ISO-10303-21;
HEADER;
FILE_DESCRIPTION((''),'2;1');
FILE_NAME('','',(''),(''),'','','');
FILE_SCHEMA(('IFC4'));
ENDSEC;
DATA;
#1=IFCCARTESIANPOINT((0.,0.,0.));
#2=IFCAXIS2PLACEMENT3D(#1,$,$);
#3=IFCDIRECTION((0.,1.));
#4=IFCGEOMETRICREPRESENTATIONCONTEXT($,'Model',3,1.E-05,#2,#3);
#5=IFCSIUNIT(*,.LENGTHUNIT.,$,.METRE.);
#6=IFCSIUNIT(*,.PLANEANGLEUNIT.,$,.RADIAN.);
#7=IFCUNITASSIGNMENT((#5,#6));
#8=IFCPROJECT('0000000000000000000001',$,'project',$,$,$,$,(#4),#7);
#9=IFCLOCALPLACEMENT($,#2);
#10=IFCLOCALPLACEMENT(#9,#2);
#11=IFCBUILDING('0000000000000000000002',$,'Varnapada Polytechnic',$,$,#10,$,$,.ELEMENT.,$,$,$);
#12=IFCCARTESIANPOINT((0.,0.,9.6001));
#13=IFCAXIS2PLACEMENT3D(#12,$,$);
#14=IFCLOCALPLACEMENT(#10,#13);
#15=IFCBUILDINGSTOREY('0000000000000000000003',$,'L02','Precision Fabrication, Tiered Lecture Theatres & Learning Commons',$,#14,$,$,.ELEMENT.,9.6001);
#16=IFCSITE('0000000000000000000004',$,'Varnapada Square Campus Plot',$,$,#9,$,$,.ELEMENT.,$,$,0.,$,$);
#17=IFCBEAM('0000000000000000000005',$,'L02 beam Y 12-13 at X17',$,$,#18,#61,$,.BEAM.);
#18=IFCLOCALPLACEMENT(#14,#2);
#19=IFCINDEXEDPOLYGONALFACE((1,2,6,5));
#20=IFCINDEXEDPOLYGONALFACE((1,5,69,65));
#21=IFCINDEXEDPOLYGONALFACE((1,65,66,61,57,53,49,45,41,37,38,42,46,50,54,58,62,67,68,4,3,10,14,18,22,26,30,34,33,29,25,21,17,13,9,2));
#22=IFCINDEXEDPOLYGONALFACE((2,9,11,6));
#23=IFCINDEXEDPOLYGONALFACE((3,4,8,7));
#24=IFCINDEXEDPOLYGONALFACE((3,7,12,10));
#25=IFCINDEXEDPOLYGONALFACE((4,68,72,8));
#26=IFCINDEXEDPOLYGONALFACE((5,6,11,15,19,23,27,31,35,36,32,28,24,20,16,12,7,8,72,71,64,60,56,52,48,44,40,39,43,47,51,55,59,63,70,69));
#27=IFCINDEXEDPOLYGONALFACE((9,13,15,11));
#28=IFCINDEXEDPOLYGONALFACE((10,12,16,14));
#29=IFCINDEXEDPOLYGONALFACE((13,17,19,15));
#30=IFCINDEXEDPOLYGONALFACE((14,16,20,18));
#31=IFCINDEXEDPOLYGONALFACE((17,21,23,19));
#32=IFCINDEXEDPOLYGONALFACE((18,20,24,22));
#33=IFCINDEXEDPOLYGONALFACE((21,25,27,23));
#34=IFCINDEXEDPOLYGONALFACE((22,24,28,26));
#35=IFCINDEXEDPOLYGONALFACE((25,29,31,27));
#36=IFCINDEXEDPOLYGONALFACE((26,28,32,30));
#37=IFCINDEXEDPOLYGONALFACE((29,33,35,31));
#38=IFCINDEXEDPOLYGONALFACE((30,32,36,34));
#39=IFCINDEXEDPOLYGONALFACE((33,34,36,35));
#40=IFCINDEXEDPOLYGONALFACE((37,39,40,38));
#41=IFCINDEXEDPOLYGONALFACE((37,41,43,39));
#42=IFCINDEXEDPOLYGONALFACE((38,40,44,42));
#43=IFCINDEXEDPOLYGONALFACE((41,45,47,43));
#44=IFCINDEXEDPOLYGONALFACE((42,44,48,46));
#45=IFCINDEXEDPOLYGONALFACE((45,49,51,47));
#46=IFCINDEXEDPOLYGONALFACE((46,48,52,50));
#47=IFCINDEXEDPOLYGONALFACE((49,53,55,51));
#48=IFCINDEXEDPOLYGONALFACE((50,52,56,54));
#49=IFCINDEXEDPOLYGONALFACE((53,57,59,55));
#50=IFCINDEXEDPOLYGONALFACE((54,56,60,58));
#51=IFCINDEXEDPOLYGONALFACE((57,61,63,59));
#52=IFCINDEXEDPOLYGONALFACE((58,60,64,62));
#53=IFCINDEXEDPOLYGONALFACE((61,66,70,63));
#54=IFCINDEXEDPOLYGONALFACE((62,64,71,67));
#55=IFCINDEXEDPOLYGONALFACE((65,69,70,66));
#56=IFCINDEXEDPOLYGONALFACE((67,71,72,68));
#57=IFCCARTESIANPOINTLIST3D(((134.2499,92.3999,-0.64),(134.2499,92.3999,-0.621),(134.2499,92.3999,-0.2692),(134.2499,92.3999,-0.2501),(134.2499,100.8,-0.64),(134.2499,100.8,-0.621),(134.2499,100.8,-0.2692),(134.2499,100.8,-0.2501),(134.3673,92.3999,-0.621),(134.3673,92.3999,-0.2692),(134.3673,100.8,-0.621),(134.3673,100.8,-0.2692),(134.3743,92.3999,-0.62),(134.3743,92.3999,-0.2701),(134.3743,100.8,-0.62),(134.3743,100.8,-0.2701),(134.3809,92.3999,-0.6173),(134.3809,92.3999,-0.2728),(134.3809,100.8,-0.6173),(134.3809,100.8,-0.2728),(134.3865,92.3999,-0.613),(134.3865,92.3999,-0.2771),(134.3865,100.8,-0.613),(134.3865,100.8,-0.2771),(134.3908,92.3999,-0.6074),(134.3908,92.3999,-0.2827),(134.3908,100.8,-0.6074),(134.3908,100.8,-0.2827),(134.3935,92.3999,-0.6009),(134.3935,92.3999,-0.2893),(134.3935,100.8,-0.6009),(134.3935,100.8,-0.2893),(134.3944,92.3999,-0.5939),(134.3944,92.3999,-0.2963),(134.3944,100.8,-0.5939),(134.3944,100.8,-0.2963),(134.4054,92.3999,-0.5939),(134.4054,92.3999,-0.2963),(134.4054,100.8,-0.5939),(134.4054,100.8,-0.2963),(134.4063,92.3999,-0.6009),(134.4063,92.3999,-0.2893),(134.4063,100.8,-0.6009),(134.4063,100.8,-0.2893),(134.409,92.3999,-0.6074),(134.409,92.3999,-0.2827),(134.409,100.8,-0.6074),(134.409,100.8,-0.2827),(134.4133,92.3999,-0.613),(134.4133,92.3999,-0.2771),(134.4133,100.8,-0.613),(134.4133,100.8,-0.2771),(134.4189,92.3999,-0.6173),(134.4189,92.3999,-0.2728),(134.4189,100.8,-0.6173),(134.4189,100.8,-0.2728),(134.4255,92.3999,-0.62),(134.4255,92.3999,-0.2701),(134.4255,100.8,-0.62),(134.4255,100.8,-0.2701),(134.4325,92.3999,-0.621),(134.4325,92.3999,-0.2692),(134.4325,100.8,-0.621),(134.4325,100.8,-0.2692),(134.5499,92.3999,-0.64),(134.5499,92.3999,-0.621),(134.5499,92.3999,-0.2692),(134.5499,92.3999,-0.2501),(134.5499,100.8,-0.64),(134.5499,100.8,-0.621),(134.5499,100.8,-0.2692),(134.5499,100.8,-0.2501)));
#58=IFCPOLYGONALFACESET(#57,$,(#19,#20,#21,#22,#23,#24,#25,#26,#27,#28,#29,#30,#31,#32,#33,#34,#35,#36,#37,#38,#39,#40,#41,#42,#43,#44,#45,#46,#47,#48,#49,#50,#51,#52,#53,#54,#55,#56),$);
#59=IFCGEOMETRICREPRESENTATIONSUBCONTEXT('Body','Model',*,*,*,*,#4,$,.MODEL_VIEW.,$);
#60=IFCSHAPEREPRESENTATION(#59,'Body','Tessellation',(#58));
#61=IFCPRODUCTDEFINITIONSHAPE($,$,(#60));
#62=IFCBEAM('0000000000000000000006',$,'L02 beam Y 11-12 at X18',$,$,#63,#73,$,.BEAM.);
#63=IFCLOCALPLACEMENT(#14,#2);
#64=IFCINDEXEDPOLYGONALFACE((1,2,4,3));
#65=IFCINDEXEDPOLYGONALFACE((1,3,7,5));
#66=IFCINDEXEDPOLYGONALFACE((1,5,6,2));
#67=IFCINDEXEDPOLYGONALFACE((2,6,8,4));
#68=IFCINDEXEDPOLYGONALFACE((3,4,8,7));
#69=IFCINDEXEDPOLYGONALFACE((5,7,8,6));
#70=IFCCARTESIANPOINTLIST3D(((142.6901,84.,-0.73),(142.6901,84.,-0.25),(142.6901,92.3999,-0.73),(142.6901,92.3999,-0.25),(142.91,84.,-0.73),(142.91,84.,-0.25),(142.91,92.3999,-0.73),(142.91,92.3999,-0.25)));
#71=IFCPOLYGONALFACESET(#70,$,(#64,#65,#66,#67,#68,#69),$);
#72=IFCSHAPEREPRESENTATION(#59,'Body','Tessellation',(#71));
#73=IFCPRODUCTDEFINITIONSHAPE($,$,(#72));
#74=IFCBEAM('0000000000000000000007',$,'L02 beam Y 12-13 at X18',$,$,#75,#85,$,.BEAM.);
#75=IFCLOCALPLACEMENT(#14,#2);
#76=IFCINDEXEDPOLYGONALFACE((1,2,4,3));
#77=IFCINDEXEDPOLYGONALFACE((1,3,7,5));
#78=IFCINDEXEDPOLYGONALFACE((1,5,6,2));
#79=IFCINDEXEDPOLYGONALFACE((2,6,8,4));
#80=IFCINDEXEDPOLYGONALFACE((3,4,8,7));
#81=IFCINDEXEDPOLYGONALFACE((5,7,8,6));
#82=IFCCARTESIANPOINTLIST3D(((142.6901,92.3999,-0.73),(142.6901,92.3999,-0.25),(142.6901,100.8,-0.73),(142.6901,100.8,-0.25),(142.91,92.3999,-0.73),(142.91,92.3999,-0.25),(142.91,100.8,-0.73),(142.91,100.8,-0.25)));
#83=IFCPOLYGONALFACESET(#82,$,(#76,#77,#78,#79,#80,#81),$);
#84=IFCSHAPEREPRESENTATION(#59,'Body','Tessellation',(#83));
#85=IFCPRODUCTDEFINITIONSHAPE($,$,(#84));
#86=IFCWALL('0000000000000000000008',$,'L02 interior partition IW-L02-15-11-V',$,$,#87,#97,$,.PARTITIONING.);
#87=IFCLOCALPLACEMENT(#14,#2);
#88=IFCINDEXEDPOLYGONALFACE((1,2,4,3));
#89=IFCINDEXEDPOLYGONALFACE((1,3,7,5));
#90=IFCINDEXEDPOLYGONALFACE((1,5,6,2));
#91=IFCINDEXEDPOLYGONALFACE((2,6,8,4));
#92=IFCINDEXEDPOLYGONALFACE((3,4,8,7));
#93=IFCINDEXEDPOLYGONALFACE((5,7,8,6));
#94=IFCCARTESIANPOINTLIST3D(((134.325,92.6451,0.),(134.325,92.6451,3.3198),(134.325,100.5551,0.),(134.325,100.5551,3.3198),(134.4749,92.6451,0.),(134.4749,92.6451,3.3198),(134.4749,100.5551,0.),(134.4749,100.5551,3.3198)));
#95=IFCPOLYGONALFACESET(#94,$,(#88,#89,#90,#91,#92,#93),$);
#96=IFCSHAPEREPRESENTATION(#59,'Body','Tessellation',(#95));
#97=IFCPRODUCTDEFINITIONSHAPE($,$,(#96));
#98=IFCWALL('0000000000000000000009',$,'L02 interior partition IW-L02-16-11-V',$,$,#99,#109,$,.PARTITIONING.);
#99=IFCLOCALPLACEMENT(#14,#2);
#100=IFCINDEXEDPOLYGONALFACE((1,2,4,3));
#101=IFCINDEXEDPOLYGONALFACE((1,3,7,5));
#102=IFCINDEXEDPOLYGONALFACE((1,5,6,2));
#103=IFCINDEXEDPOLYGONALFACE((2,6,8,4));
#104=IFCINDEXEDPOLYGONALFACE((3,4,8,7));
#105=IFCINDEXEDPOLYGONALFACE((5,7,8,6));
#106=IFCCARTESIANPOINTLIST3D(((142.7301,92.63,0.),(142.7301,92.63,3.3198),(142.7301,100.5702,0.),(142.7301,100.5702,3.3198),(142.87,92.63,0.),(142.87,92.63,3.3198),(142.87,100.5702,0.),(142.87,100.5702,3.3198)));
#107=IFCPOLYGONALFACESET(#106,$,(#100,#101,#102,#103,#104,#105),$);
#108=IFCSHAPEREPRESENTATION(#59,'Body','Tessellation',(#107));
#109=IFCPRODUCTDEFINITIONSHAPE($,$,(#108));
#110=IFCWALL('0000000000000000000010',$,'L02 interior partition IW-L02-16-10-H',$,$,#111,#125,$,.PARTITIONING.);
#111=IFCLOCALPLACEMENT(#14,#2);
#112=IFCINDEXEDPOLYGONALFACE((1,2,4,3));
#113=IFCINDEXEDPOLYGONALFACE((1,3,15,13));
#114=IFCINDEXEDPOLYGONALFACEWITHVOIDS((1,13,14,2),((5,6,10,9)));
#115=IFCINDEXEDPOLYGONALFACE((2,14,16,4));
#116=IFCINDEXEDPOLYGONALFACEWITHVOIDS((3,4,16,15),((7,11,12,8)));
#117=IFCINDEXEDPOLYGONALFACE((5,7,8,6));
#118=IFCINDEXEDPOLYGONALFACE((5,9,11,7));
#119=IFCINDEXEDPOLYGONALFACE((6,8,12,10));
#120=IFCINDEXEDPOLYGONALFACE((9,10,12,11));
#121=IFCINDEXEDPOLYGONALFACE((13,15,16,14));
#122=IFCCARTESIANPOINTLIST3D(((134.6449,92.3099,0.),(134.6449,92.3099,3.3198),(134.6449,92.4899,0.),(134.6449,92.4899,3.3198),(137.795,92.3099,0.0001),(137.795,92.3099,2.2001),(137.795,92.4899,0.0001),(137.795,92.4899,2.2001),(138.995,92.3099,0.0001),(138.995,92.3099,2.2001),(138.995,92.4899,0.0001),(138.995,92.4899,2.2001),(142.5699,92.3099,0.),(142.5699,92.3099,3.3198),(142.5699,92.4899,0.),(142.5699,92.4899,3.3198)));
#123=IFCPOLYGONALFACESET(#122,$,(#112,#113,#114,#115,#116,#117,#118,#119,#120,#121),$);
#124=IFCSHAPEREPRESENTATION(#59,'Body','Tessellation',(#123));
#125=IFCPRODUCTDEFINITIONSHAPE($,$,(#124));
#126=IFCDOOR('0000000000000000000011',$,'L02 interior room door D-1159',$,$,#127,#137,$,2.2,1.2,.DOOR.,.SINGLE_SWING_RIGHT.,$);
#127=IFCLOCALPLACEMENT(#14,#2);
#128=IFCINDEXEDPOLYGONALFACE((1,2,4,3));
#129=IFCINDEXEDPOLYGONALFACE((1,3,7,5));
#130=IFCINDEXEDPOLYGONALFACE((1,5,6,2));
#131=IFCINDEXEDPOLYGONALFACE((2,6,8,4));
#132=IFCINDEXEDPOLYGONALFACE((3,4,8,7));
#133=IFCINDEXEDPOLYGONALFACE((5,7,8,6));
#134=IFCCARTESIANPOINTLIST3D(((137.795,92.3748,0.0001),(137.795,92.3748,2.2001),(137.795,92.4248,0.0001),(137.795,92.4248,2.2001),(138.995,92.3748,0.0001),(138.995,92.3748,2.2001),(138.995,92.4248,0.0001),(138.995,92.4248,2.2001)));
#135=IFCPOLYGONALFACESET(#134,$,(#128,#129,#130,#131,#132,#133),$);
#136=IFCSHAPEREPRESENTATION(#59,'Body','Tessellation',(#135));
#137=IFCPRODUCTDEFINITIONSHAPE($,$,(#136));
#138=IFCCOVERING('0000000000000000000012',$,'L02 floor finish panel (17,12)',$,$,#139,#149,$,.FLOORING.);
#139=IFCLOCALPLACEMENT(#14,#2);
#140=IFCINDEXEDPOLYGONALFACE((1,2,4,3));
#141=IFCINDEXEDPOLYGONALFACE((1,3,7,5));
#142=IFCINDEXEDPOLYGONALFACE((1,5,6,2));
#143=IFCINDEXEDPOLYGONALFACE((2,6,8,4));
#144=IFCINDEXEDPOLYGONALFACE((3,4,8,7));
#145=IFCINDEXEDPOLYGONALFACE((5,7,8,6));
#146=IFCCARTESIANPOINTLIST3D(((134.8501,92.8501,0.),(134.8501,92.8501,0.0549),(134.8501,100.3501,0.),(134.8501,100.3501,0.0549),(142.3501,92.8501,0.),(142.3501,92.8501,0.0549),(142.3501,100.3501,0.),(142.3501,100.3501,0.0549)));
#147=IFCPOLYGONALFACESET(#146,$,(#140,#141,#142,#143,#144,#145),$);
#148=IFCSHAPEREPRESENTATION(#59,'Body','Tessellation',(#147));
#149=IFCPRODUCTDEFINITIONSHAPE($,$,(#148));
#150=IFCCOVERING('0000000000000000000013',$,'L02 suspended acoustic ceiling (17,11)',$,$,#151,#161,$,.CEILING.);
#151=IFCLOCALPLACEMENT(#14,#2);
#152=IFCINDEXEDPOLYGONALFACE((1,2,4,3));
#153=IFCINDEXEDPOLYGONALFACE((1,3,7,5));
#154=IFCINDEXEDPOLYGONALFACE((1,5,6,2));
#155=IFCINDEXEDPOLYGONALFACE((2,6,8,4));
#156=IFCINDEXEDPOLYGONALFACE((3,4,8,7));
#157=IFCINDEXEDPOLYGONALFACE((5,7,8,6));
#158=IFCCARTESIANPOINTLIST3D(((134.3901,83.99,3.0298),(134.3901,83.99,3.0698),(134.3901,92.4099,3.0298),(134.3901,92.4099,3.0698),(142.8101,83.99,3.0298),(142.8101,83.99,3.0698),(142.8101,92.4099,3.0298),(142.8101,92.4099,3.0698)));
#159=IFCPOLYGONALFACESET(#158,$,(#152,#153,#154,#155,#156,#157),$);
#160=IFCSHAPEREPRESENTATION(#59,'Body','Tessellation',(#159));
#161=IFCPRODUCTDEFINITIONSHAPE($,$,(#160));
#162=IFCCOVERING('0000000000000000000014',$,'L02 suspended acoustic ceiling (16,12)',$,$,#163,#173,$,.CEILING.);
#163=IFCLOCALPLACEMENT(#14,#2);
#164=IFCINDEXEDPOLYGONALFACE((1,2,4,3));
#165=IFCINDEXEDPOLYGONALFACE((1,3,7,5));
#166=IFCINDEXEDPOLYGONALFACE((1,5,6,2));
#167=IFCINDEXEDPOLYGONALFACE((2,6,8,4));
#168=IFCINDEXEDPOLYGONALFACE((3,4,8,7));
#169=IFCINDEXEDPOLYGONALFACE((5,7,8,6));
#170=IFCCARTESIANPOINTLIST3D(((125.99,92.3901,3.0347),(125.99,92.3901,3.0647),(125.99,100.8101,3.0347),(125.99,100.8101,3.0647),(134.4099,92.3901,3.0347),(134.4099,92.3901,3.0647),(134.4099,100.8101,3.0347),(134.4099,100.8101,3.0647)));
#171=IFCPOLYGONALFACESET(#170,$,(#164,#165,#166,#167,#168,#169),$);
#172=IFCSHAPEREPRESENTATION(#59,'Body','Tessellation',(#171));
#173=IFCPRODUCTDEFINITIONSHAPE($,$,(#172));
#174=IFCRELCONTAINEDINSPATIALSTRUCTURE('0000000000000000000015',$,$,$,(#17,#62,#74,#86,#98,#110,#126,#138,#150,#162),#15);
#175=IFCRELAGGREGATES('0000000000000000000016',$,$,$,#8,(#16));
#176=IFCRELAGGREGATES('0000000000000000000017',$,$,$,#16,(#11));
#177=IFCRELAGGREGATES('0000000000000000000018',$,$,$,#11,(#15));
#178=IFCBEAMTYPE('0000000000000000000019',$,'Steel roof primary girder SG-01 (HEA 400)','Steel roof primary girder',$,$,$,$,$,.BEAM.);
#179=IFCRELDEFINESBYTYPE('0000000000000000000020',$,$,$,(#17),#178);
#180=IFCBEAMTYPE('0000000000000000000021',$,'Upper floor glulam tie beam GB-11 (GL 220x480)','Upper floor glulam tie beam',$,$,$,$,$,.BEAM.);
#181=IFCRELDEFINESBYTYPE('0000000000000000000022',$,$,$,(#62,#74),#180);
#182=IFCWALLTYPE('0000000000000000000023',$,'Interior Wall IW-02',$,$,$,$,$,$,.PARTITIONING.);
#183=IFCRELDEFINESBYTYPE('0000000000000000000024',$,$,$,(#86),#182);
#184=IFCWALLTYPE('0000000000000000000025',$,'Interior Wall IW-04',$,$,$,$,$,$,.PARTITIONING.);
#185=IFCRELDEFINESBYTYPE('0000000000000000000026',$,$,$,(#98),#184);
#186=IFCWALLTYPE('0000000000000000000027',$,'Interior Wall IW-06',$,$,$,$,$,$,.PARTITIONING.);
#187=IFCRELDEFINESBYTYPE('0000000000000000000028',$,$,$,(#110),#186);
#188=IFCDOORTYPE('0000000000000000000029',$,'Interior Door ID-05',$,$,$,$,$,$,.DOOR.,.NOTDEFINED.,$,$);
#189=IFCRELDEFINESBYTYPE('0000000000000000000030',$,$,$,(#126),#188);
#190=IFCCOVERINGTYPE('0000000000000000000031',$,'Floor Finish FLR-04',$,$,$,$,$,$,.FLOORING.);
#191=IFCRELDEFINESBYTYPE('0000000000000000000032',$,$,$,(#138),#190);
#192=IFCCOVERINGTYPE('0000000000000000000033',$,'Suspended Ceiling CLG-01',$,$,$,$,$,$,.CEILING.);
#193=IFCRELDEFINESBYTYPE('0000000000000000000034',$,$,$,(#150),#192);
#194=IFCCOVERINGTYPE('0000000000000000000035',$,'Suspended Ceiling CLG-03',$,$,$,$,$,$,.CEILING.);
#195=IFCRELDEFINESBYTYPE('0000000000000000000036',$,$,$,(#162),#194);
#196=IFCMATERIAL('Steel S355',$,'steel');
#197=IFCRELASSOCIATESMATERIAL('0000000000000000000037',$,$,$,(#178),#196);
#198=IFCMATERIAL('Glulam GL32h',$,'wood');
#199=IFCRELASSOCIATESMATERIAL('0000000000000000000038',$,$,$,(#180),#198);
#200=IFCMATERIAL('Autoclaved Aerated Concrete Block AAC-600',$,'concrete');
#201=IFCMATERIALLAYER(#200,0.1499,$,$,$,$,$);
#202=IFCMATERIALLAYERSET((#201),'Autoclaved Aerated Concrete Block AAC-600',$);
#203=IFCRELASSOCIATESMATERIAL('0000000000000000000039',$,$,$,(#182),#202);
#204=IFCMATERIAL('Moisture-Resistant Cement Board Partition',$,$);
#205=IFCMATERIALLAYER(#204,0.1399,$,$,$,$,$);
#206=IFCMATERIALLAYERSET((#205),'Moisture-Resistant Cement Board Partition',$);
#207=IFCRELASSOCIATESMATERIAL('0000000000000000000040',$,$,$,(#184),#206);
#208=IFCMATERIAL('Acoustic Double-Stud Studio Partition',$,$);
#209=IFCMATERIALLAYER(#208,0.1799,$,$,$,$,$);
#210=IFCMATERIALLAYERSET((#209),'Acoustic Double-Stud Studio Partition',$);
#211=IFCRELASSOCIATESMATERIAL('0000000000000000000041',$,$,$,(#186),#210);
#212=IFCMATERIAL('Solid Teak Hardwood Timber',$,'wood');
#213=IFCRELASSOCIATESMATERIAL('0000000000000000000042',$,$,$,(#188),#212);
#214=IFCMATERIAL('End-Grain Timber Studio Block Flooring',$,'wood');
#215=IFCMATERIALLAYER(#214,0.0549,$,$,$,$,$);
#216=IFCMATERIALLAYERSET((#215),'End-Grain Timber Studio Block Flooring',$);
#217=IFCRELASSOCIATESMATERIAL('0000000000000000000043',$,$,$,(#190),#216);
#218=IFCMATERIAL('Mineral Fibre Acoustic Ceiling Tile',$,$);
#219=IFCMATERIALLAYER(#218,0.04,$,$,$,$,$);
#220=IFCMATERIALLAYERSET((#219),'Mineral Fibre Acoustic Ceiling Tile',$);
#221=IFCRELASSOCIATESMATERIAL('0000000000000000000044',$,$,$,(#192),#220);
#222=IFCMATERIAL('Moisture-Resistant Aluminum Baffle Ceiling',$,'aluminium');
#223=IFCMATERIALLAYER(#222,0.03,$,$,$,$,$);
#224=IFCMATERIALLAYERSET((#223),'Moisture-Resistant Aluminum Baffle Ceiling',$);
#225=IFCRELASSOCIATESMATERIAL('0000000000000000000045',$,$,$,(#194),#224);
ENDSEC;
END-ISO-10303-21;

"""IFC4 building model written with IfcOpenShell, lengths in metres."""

from ifc_helpers import new_model, si_unit, direction, frame, frame_2d, origin, origin_2d, place, context, subcontext, project, spatial, rectangle, i_section, extrude, material, layer, layer_set, material_profile, profile_set, type_object, element, fill, save


model = new_model("IFC4")

# Units and contexts
model_context = context("Model", 3, precision=1e-05, world=origin(), true_north=direction((0.0, 1.0)))
body_context = subcontext(model_context, "Body", "Model", "MODEL_VIEW")
ifc_project = project(units=[si_unit("LENGTHUNIT", "METRE"), si_unit("PLANEANGLEUNIT", "RADIAN")], contexts=[model_context])

# Site, building, storey
site_placement = place(None, origin())
site = spatial("IfcSite", under=ifc_project, at=site_placement, Name="Varnapada Square Campus Plot", CompositionType="ELEMENT", RefElevation=0.0)
building_placement = place(site_placement, origin())
building = spatial("IfcBuilding", under=site, at=building_placement, Name="Varnapada Polytechnic", CompositionType="ELEMENT")
storey_placement = place(building_placement, frame((0.0, 0.0, 9.6001)))
storey = spatial("IfcBuildingStorey", under=building, at=storey_placement, Name="L02", Description="Precision Fabrication, Tiered Lecture Theatres & Learning Commons", CompositionType="ELEMENT", Elevation=9.6001)

# Shared definitions
ifc_material_1 = material(Name="Steel S355", Category="steel")
ifc_material_2 = material(Name="Glulam GL32h", Category="wood")

# Beams
ifc_material_profile_1 = material_profile(ifc_material_1, i_section(OverallWidth=0.3, OverallDepth=0.3899, WebThickness=0.011, FlangeThickness=0.019, FilletRadius=0.0271, at=origin_2d()), Name="HEA 400")
ifc_profile_set_1 = profile_set([ifc_material_profile_1], Name="Steel S355")
beam_type_1 = type_object("IfcBeamType", Name="Steel roof primary girder SG-01 (HEA 400)", Description="Steel roof primary girder", PredefinedType="BEAM", material=ifc_profile_set_1)
beam_1_placement = place(storey_placement, frame((134.3999, 92.3999, -0.4451), z_axis=(0.0, 1.0, 0.0), x_axis=(-1.0, 0.0, 0.0)))
element("IfcBeam", 1, at=beam_1_placement, inside=storey, type_object=beam_type_1, Name="L02 beam Y 12-13 at X17", PredefinedType="BEAM", context=body_context, shape_type="SweptSolid", body=[
    extrude(i_section(OverallWidth=0.3, OverallDepth=0.3899, WebThickness=0.011, FlangeThickness=0.019, FilletRadius=0.0271, at=origin_2d()), origin(), (0.0, 0.0, 1.0), 8.4001),
])
ifc_material_profile_2 = material_profile(ifc_material_2, rectangle(XDim=0.22, YDim=0.48, at=origin_2d()), Name="GL 220x480")
ifc_profile_set_2 = profile_set([ifc_material_profile_2], Name="Glulam GL32h")
beam_type_2 = type_object("IfcBeamType", Name="Upper floor glulam tie beam GB-11 (GL 220x480)", Description="Upper floor glulam tie beam", PredefinedType="BEAM", material=ifc_profile_set_2)
beam_2_placement = place(storey_placement, frame((142.8, 84.0, -0.49), z_axis=(0.0, 1.0, 0.0), x_axis=(-1.0, 0.0, 0.0)))
element("IfcBeam", 2, at=beam_2_placement, inside=storey, type_object=beam_type_2, Name="L02 beam Y 11-12 at X18", PredefinedType="BEAM", context=body_context, shape_type="SweptSolid", body=[
    extrude(rectangle(XDim=0.22, YDim=0.48, at=origin_2d()), origin(), (0.0, 0.0, 1.0), 8.3999),
])
beam_3_placement = place(storey_placement, frame((142.8, 92.3999, -0.49), z_axis=(0.0, 1.0, 0.0), x_axis=(-1.0, 0.0, 0.0)))
element("IfcBeam", 3, at=beam_3_placement, inside=storey, type_object=beam_type_2, Name="L02 beam Y 12-13 at X18", PredefinedType="BEAM", context=body_context, shape_type="SweptSolid", body=[
    extrude(rectangle(XDim=0.22, YDim=0.48, at=origin_2d()), origin(), (0.0, 0.0, 1.0), 8.4001),
])

# Walls
ifc_material_3 = material(Name="Autoclaved Aerated Concrete Block AAC-600", Category="concrete")
ifc_layer_1 = layer(ifc_material_3, 0.1499)
ifc_layer_set_1 = layer_set([ifc_layer_1], Name="Autoclaved Aerated Concrete Block AAC-600")
wall_type_1 = type_object("IfcWallType", Name="Interior Wall IW-02", PredefinedType="PARTITIONING", material=ifc_layer_set_1)
wall_1_placement = place(storey_placement, frame((134.3999, 92.645, 0.0), z_axis=(0.0, 0.0, 1.0), x_axis=(0.0, 1.0, 0.0)))
element("IfcWall", 4, at=wall_1_placement, inside=storey, type_object=wall_type_1, Name="L02 interior partition IW-L02-15-11-V", PredefinedType="PARTITIONING", context=body_context, shape_type="SweptSolid", body=[
    extrude(rectangle(XDim=7.9099, YDim=0.1499, at=frame_2d((3.9551, 0.0))), origin(), (0.0, 0.0, 1.0), 3.3198),
])
ifc_material_4 = material(Name="Moisture-Resistant Cement Board Partition")
ifc_layer_2 = layer(ifc_material_4, 0.1399)
ifc_layer_set_2 = layer_set([ifc_layer_2], Name="Moisture-Resistant Cement Board Partition")
wall_type_2 = type_object("IfcWallType", Name="Interior Wall IW-04", PredefinedType="PARTITIONING", material=ifc_layer_set_2)
wall_2_placement = place(storey_placement, frame((142.8, 92.6299, 0.0), z_axis=(0.0, 0.0, 1.0), x_axis=(0.0, 1.0, 0.0)))
element("IfcWall", 5, at=wall_2_placement, inside=storey, type_object=wall_type_2, Name="L02 interior partition IW-L02-16-11-V", PredefinedType="PARTITIONING", context=body_context, shape_type="SweptSolid", body=[
    extrude(rectangle(XDim=7.9402, YDim=0.1399, at=frame_2d((3.9702, 0.0))), origin(), (0.0, 0.0, 1.0), 3.3198),
])

# Wall, opening, door
ifc_material_5 = material(Name="Acoustic Double-Stud Studio Partition")
ifc_layer_3 = layer(ifc_material_5, 0.1799)
ifc_layer_set_3 = layer_set([ifc_layer_3], Name="Acoustic Double-Stud Studio Partition")
wall_type_3 = type_object("IfcWallType", Name="Interior Wall IW-06", PredefinedType="PARTITIONING", material=ifc_layer_set_3)
wall_3_placement = place(storey_placement, frame((134.645, 92.3999, 0.0), z_axis=(0.0, 0.0, 1.0), x_axis=(1.0, 0.0, 0.0)))
wall_3 = element("IfcWall", 6, at=wall_3_placement, inside=storey, type_object=wall_type_3, Name="L02 interior partition IW-L02-16-10-H", PredefinedType="PARTITIONING", context=body_context, shape_type="SweptSolid", body=[
    extrude(rectangle(XDim=7.925, YDim=0.1799, at=frame_2d((3.9624, 0.0))), origin(), (0.0, 0.0, 1.0), 3.3198),
])
opening_placement = place(wall_3_placement, frame((3.1499, 0.0, 0.0)))
opening = element("IfcOpeningElement", 7, at=opening_placement, cuts=wall_3, PredefinedType="OPENING", context=body_context, shape_type="SweptSolid", body=[
    extrude(rectangle(XDim=1.2, YDim=2.2, at=frame_2d((0.6001, 1.1001))), frame((0.0, 0.0999, 0.0), z_axis=(0.0, -1.0, 0.0), x_axis=(1.0, 0.0, 0.0)), (0.0, 0.0, 1.0), 0.2),
])
ifc_material_6 = material(Name="Solid Teak Hardwood Timber", Category="wood")
door_type = type_object("IfcDoorType", Name="Interior Door ID-05", OperationType="NOTDEFINED", PredefinedType="DOOR", material=ifc_material_6)
door_placement = place(opening_placement, origin())
door = element("IfcDoor", 8, at=door_placement, inside=storey, type_object=door_type, Name="L02 interior room door D-1159", OperationType="SINGLE_SWING_RIGHT", OverallHeight=2.2, OverallWidth=1.2, PredefinedType="DOOR", context=body_context, shape_type="SweptSolid", body=[
    extrude(rectangle(XDim=1.2, YDim=2.2, at=frame_2d((0.6001, 1.1001))), frame((0.0, 0.0249, 0.0), z_axis=(0.0, -1.0, 0.0), x_axis=(1.0, 0.0, 0.0)), (0.0, 0.0, 1.0), 0.05),
])
fill(opening, door)

# Coverings
ifc_material_7 = material(Name="End-Grain Timber Studio Block Flooring", Category="wood")
ifc_layer_4 = layer(ifc_material_7, 0.0549)
ifc_layer_set_4 = layer_set([ifc_layer_4], Name="End-Grain Timber Studio Block Flooring")
covering_type_1 = type_object("IfcCoveringType", Name="Floor Finish FLR-04", PredefinedType="FLOORING", material=ifc_layer_set_4)
covering_1_placement = place(storey_placement, frame((138.6001, 96.6001, 0.0), z_axis=(0.0, 0.0, 1.0), x_axis=(1.0, 0.0, 0.0)))
element("IfcCovering", 9, at=covering_1_placement, inside=storey, type_object=covering_type_1, Name="L02 floor finish panel (17,12)", PredefinedType="FLOORING", context=body_context, shape_type="SweptSolid", body=[
    extrude(rectangle(XDim=7.5, YDim=7.5, at=origin_2d()), origin(), (0.0, 0.0, 1.0), 0.0549),
])
ifc_material_8 = material(Name="Mineral Fibre Acoustic Ceiling Tile")
ifc_layer_5 = layer(ifc_material_8, 0.04)
ifc_layer_set_5 = layer_set([ifc_layer_5], Name="Mineral Fibre Acoustic Ceiling Tile")
covering_type_2 = type_object("IfcCoveringType", Name="Suspended Ceiling CLG-01", PredefinedType="CEILING", material=ifc_layer_set_5)
covering_2_placement = place(storey_placement, frame((138.6001, 88.2, 3.0298), z_axis=(0.0, 0.0, 1.0), x_axis=(1.0, 0.0, 0.0)))
element("IfcCovering", 10, at=covering_2_placement, inside=storey, type_object=covering_type_2, Name="L02 suspended acoustic ceiling (17,11)", PredefinedType="CEILING", context=body_context, shape_type="SweptSolid", body=[
    extrude(rectangle(XDim=8.4199, YDim=8.4199, at=origin_2d()), origin(), (0.0, 0.0, 1.0), 0.04),
])
ifc_material_9 = material(Name="Moisture-Resistant Aluminum Baffle Ceiling", Category="aluminium")
ifc_layer_6 = layer(ifc_material_9, 0.03)
ifc_layer_set_6 = layer_set([ifc_layer_6], Name="Moisture-Resistant Aluminum Baffle Ceiling")
covering_type_3 = type_object("IfcCoveringType", Name="Suspended Ceiling CLG-03", PredefinedType="CEILING", material=ifc_layer_set_6)
covering_3_placement = place(storey_placement, frame((130.2, 96.6001, 3.0347), z_axis=(0.0, 0.0, 1.0), x_axis=(1.0, 0.0, 0.0)))
element("IfcCovering", 11, at=covering_3_placement, inside=storey, type_object=covering_type_3, Name="L02 suspended acoustic ceiling (16,12)", PredefinedType="CEILING", context=body_context, shape_type="SweptSolid", body=[
    extrude(rectangle(XDim=8.4199, YDim=8.4199, at=origin_2d()), origin(), (0.0, 0.0, 1.0), 0.03),
])

save(model, "model.ifc")
